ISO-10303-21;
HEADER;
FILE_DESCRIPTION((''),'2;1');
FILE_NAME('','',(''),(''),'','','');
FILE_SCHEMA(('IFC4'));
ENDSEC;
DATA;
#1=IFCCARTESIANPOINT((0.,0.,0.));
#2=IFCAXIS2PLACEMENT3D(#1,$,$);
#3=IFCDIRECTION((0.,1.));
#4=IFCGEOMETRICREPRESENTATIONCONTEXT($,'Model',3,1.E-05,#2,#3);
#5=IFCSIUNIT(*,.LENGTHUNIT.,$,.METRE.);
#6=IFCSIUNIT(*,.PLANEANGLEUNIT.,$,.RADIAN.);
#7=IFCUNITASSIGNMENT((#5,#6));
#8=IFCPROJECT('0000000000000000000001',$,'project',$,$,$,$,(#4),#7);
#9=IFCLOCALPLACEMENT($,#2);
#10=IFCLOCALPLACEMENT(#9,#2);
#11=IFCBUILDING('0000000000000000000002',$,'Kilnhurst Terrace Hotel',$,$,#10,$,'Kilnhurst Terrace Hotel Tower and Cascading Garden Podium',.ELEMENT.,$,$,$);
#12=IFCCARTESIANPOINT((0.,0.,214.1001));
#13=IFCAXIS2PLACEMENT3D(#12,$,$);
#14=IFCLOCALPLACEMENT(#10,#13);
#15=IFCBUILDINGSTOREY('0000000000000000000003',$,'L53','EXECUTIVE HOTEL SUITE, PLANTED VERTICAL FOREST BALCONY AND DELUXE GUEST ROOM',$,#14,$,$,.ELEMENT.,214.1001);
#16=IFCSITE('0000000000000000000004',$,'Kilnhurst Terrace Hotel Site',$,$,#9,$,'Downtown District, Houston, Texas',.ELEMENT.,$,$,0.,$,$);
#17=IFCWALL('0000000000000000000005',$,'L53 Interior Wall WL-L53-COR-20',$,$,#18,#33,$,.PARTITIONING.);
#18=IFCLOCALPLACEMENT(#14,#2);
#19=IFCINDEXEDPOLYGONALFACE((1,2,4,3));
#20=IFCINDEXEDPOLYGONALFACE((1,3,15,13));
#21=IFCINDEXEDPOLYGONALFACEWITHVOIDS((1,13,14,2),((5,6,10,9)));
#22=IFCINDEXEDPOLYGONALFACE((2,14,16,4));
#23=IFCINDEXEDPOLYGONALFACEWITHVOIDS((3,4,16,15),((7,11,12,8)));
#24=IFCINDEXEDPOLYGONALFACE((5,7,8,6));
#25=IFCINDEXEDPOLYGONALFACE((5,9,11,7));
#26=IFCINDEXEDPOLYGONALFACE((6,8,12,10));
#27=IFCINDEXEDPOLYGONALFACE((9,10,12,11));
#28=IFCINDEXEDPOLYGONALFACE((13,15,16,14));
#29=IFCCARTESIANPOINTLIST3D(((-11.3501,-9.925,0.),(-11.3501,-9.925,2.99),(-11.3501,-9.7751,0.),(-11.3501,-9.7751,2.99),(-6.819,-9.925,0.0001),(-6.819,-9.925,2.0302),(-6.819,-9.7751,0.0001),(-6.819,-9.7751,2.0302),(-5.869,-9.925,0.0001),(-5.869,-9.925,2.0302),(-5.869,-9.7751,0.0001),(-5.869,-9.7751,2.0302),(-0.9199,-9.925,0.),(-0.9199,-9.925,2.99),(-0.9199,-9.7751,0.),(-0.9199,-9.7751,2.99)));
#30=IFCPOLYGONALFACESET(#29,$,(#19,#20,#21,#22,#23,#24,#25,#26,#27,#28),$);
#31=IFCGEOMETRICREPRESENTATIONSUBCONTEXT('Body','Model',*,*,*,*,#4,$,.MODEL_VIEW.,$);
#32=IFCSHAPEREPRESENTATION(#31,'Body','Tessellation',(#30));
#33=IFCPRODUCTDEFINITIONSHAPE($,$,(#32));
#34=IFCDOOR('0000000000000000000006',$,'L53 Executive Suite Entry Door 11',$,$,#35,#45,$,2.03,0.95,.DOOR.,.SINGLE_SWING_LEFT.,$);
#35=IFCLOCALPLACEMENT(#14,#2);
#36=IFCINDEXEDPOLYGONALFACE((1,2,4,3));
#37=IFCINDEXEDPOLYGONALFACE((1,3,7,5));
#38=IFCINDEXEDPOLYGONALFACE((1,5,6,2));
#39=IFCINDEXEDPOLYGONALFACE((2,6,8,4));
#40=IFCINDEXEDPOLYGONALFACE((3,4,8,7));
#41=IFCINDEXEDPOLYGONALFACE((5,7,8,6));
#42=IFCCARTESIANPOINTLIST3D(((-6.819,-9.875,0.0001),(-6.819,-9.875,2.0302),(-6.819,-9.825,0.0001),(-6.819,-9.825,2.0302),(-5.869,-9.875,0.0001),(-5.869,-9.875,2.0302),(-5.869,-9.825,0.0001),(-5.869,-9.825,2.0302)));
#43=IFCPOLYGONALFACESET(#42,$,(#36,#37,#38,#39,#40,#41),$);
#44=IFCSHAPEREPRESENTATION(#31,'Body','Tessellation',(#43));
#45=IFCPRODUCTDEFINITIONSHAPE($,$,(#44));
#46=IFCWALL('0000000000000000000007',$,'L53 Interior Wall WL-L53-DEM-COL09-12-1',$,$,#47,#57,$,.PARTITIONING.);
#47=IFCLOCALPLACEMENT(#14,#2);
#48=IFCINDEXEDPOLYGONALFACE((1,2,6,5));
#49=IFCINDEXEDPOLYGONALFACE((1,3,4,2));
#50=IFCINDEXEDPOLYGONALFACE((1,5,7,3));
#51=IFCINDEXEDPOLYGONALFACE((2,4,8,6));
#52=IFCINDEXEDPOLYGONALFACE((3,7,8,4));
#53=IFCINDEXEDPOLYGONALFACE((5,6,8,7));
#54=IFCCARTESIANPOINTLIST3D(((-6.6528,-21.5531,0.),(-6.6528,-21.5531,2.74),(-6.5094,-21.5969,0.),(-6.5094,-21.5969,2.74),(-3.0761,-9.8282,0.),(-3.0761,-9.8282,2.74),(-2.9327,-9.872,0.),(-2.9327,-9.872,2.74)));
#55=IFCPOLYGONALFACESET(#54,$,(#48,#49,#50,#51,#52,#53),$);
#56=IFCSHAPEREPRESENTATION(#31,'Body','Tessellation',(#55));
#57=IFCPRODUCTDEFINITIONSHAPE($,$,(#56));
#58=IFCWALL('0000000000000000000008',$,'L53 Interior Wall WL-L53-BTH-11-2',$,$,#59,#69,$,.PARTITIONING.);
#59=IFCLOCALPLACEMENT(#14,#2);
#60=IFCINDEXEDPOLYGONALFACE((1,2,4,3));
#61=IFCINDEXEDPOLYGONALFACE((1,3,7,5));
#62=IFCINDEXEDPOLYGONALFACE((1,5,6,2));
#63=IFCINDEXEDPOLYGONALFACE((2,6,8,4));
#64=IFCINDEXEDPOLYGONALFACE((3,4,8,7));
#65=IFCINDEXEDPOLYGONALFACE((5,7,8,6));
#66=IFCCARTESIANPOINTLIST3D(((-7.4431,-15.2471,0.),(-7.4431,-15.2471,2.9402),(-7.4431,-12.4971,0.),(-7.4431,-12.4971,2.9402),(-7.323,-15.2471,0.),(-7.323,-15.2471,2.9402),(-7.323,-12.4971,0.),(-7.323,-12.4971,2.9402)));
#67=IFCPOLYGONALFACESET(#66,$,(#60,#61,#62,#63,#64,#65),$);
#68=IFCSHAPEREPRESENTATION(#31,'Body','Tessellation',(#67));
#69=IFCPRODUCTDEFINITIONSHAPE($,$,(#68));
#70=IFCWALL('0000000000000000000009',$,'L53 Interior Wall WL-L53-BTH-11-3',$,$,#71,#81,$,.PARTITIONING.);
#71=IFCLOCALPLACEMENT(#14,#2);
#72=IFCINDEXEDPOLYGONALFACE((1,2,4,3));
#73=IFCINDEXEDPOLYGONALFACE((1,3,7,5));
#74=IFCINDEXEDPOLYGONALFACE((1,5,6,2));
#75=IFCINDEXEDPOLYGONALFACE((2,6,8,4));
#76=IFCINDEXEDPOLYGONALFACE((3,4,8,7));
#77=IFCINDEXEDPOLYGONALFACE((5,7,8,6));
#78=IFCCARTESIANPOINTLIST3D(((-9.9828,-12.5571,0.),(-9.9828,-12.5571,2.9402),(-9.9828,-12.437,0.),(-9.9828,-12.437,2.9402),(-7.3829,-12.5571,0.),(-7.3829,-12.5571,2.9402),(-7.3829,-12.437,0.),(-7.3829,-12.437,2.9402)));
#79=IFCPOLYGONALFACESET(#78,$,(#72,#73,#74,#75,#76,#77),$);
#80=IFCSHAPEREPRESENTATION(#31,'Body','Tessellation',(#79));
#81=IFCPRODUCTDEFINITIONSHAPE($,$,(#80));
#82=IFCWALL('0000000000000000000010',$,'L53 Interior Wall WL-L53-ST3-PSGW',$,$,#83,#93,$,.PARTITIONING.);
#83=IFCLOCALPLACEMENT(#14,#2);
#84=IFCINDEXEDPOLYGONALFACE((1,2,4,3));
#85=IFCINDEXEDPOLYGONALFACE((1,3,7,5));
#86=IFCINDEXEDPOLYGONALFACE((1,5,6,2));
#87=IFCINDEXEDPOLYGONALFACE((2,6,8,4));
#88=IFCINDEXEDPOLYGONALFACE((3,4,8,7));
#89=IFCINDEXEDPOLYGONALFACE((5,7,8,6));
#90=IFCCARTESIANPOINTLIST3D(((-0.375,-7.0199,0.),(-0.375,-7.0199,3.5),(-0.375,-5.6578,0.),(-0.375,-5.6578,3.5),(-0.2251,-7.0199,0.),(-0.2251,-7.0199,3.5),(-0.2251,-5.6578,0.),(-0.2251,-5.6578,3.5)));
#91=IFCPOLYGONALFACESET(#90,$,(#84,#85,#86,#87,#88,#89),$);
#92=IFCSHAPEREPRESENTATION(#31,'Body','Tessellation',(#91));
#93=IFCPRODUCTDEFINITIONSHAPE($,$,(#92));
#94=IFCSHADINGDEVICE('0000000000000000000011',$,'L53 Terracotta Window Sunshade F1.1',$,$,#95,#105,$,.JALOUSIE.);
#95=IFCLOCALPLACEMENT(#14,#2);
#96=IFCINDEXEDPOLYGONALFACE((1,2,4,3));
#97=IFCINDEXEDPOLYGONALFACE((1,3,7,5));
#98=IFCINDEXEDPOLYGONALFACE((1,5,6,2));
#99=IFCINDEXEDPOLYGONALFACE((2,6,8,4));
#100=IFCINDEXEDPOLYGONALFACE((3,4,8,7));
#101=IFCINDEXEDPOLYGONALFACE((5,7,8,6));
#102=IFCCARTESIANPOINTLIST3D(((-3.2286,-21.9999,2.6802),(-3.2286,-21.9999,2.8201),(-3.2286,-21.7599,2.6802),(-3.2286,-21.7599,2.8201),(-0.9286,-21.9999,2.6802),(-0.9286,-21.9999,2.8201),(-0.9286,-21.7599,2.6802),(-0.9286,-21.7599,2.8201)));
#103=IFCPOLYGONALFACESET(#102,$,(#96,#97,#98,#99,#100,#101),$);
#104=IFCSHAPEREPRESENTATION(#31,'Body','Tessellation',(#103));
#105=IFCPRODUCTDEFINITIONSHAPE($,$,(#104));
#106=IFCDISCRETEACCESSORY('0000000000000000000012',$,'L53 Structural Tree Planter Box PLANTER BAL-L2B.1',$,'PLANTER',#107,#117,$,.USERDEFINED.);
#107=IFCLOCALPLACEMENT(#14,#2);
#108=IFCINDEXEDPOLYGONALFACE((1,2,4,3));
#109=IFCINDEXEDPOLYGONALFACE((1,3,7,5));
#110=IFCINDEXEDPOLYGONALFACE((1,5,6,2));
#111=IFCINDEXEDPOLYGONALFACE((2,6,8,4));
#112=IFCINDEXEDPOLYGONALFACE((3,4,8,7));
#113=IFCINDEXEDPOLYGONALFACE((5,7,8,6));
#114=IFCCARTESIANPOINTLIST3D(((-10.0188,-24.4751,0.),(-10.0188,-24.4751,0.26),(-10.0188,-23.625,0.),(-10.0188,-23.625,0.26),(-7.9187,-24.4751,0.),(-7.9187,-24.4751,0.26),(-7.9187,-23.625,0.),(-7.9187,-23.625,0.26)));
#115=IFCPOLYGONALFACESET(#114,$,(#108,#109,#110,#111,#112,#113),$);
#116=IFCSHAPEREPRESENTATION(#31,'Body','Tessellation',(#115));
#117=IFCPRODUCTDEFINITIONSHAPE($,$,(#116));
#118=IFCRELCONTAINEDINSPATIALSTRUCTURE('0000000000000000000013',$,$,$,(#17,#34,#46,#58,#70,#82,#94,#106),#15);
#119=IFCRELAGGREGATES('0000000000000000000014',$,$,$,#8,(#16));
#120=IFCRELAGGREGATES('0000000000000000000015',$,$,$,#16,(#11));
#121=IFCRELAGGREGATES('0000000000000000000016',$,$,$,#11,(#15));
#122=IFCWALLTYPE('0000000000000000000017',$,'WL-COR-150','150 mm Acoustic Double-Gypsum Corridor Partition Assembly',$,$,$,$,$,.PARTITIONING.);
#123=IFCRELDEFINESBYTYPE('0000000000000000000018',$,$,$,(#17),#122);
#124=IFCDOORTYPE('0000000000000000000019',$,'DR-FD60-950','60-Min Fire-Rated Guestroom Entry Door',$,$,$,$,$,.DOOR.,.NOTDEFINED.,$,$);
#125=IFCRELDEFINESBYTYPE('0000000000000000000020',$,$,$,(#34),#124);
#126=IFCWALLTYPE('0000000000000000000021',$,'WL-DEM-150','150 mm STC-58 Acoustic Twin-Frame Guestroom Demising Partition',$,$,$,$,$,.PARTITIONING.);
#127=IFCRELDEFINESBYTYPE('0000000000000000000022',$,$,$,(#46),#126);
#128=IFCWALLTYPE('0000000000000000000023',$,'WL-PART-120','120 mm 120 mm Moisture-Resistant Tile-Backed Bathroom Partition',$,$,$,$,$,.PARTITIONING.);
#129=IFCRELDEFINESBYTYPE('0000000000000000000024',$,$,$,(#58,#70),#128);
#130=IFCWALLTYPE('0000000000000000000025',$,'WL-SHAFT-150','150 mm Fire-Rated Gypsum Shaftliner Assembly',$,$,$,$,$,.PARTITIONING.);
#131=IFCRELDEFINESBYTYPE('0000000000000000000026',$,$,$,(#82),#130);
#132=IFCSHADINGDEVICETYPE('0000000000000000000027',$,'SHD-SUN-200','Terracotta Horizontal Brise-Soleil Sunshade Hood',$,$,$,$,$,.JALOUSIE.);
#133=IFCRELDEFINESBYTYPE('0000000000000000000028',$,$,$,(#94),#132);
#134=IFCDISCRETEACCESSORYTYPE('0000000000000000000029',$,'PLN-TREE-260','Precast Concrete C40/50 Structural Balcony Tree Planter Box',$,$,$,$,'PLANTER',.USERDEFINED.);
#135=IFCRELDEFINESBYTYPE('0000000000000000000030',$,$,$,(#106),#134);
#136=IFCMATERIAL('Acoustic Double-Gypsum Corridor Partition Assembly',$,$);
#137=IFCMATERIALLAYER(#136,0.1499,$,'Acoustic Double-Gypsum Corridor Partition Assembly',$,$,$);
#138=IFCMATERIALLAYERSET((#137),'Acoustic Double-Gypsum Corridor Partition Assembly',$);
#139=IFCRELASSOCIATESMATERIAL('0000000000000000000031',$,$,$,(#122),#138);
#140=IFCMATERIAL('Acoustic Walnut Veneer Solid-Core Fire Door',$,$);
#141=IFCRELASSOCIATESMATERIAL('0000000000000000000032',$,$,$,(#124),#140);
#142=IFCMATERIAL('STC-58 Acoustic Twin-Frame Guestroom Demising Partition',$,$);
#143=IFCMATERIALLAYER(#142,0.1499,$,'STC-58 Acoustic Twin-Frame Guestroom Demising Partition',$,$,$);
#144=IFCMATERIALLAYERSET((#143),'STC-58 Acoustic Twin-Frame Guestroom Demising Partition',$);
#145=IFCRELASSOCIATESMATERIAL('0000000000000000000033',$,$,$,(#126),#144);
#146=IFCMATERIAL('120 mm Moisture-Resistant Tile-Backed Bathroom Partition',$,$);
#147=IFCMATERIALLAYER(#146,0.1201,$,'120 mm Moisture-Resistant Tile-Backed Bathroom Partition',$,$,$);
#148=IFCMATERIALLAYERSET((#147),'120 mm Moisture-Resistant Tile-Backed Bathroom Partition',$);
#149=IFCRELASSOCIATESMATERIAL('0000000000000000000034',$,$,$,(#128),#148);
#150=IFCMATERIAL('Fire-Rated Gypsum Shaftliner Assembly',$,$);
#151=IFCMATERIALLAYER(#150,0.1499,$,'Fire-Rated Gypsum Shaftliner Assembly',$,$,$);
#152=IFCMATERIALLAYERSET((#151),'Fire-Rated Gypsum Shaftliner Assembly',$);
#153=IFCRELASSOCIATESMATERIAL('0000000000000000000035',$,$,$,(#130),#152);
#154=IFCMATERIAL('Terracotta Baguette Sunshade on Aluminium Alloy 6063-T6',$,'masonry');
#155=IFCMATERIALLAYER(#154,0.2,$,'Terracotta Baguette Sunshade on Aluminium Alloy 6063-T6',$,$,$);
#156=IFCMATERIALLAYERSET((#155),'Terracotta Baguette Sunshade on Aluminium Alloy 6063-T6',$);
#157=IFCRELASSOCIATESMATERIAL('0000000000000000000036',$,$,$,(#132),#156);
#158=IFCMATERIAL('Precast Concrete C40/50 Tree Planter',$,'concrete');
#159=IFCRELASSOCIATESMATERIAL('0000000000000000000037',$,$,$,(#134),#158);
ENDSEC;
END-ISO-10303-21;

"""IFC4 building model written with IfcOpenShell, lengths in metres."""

from ifc_helpers import new_model, si_unit, direction, frame, frame_2d, origin, origin_2d, place, context, subcontext, project, spatial, rectangle, extrude, material, layer, layer_set, type_object, element, fill, save


model = new_model("IFC4")

# Units and contexts
model_context = context("Model", 3, precision=1e-05, world=origin(), true_north=direction((0.0, 1.0)))
body_context = subcontext(model_context, "Body", "Model", "MODEL_VIEW")
ifc_project = project(units=[si_unit("LENGTHUNIT", "METRE"), si_unit("PLANEANGLEUNIT", "RADIAN")], contexts=[model_context])

# Site, building, storey
site_placement = place(None, origin())
site = spatial("IfcSite", under=ifc_project, at=site_placement, Name="Kilnhurst Terrace Hotel Site", LongName="Downtown District, Houston, Texas", CompositionType="ELEMENT", RefElevation=0.0)
building_placement = place(site_placement, origin())
building = spatial("IfcBuilding", under=site, at=building_placement, Name="Kilnhurst Terrace Hotel", LongName="Kilnhurst Terrace Hotel Tower and Cascading Garden Podium", CompositionType="ELEMENT")
storey_placement = place(building_placement, frame((0.0, 0.0, 214.1001)))
storey = spatial("IfcBuildingStorey", under=building, at=storey_placement, Name="L53", Description="EXECUTIVE HOTEL SUITE, PLANTED VERTICAL FOREST BALCONY AND DELUXE GUEST ROOM", CompositionType="ELEMENT", Elevation=214.1001)

# Shared definitions
ifc_material_1 = material(Name="Acoustic Double-Gypsum Corridor Partition Assembly")
ifc_layer_1 = layer(ifc_material_1, 0.1499, Name="Acoustic Double-Gypsum Corridor Partition Assembly")
ifc_layer_set_1 = layer_set([ifc_layer_1], Name="Acoustic Double-Gypsum Corridor Partition Assembly")
wall_type_1 = type_object("IfcWallType", Name="WL-COR-150", Description="150 mm Acoustic Double-Gypsum Corridor Partition Assembly", PredefinedType="PARTITIONING", material=ifc_layer_set_1)

# Wall, opening, door
wall_1_placement = place(storey_placement, frame((-0.9199, -9.8501, 0.0), z_axis=(0.0, 0.0, 1.0), x_axis=(-1.0, 0.0, 0.0)))
wall_1 = element("IfcWall", 1, at=wall_1_placement, inside=storey, type_object=wall_type_1, Name="L53 Interior Wall WL-L53-COR-20", PredefinedType="PARTITIONING", context=body_context, shape_type="SweptSolid", body=[
    extrude(rectangle(XDim=10.4302, YDim=0.1499, at=frame_2d((5.2151, 0.0))), origin(), (0.0, 0.0, 1.0), 2.99),
])
opening_1_placement = place(wall_1_placement, frame((4.949, 0.0, 0.0)))
opening_1 = element("IfcOpeningElement", 2, at=opening_1_placement, cuts=wall_1, PredefinedType="OPENING", context=body_context, shape_type="SweptSolid", body=[
    extrude(rectangle(XDim=0.95, YDim=2.03, at=frame_2d((0.4751, 1.0151))), frame((0.0, 0.085, 0.0), z_axis=(0.0, -1.0, 0.0), x_axis=(1.0, 0.0, 0.0)), (0.0, 0.0, 1.0), 0.1699),
])
ifc_material_2 = material(Name="Acoustic Walnut Veneer Solid-Core Fire Door")
door_type_1 = type_object("IfcDoorType", Name="DR-FD60-950", Description="60-Min Fire-Rated Guestroom Entry Door", OperationType="NOTDEFINED", PredefinedType="DOOR", material=ifc_material_2)
door_1_placement = place(opening_1_placement, origin())
door_1 = element("IfcDoor", 3, at=door_1_placement, inside=storey, type_object=door_type_1, Name="L53 Executive Suite Entry Door 11", OperationType="SINGLE_SWING_LEFT", OverallHeight=2.03, OverallWidth=0.95, PredefinedType="DOOR", context=body_context, shape_type="SweptSolid", body=[
    extrude(rectangle(XDim=0.95, YDim=2.03, at=frame_2d((0.4751, 1.0151))), frame((0.0, 0.0249, 0.0), z_axis=(0.0, -1.0, 0.0), x_axis=(1.0, 0.0, 0.0)), (0.0, 0.0, 1.0), 0.05),
])
fill(opening_1, door_1)

# Walls
ifc_material_3 = material(Name="STC-58 Acoustic Twin-Frame Guestroom Demising Partition")
ifc_layer_2 = layer(ifc_material_3, 0.1499, Name="STC-58 Acoustic Twin-Frame Guestroom Demising Partition")
ifc_layer_set_2 = layer_set([ifc_layer_2], Name="STC-58 Acoustic Twin-Frame Guestroom Demising Partition")
wall_type_2 = type_object("IfcWallType", Name="WL-DEM-150", Description="150 mm STC-58 Acoustic Twin-Frame Guestroom Demising Partition", PredefinedType="PARTITIONING", material=ifc_layer_set_2)
wall_2_placement = place(storey_placement, frame((-3.0044, -9.8501, 0.0), z_axis=(0.0, 0.0, 1.0), x_axis=(-0.291776, -0.956487, 0.0)))
element("IfcWall", 4, at=wall_2_placement, inside=storey, type_object=wall_type_2, Name="L53 Interior Wall WL-L53-DEM-COL09-12-1", PredefinedType="PARTITIONING", context=body_context, shape_type="SweptSolid", body=[
    extrude(rectangle(XDim=12.2583, YDim=0.1499, at=frame_2d((6.1292, 0.0))), origin(), (0.0, 0.0, 1.0), 2.74),
])
ifc_material_4 = material(Name="120 mm Moisture-Resistant Tile-Backed Bathroom Partition")
ifc_layer_3 = layer(ifc_material_4, 0.1201, Name="120 mm Moisture-Resistant Tile-Backed Bathroom Partition")
ifc_layer_set_3 = layer_set([ifc_layer_3], Name="120 mm Moisture-Resistant Tile-Backed Bathroom Partition")
wall_type_3 = type_object("IfcWallType", Name="WL-PART-120", Description="120 mm 120 mm Moisture-Resistant Tile-Backed Bathroom Partition", PredefinedType="PARTITIONING", material=ifc_layer_set_3)
wall_3_placement = place(storey_placement, frame((-7.3831, -15.2471, 0.0), z_axis=(0.0, 0.0, 1.0), x_axis=(0.0, 1.0, 0.0)))
element("IfcWall", 5, at=wall_3_placement, inside=storey, type_object=wall_type_3, Name="L53 Interior Wall WL-L53-BTH-11-2", PredefinedType="PARTITIONING", context=body_context, shape_type="SweptSolid", body=[
    extrude(rectangle(XDim=2.75, YDim=0.1201, at=frame_2d((1.375, 0.0))), origin(), (0.0, 0.0, 1.0), 2.9402),
])
wall_4_placement = place(storey_placement, frame((-7.3831, -12.4971, 0.0), z_axis=(0.0, 0.0, 1.0), x_axis=(-1.0, 0.0, 0.0)))
element("IfcWall", 6, at=wall_4_placement, inside=storey, type_object=wall_type_3, Name="L53 Interior Wall WL-L53-BTH-11-3", PredefinedType="PARTITIONING", context=body_context, shape_type="SweptSolid", body=[
    extrude(rectangle(XDim=2.5999, YDim=0.1201, at=frame_2d((1.2998, 0.0))), origin(), (0.0, 0.0, 1.0), 2.9402),
])
ifc_material_5 = material(Name="Fire-Rated Gypsum Shaftliner Assembly")
ifc_layer_4 = layer(ifc_material_5, 0.1499, Name="Fire-Rated Gypsum Shaftliner Assembly")
ifc_layer_set_4 = layer_set([ifc_layer_4], Name="Fire-Rated Gypsum Shaftliner Assembly")
wall_type_4 = type_object("IfcWallType", Name="WL-SHAFT-150", Description="150 mm Fire-Rated Gypsum Shaftliner Assembly", PredefinedType="PARTITIONING", material=ifc_layer_set_4)
wall_5_placement = place(storey_placement, frame((-0.3, -7.02, 0.0), z_axis=(0.0, 0.0, 1.0), x_axis=(0.0, 1.0, 0.0)))
element("IfcWall", 7, at=wall_5_placement, inside=storey, type_object=wall_type_4, Name="L53 Interior Wall WL-L53-ST3-PSGW", PredefinedType="PARTITIONING", context=body_context, shape_type="SweptSolid", body=[
    extrude(rectangle(XDim=1.3621, YDim=0.1499, at=frame_2d((0.6812, 0.0))), origin(), (0.0, 0.0, 1.0), 3.5),
])

# Shading device
ifc_material_6 = material(Name="Terracotta Baguette Sunshade on Aluminium Alloy 6063-T6", Category="masonry")
ifc_layer_5 = layer(ifc_material_6, 0.2, Name="Terracotta Baguette Sunshade on Aluminium Alloy 6063-T6")
ifc_layer_set_5 = layer_set([ifc_layer_5], Name="Terracotta Baguette Sunshade on Aluminium Alloy 6063-T6")
shading_device_type = type_object("IfcShadingDeviceType", Name="SHD-SUN-200", Description="Terracotta Horizontal Brise-Soleil Sunshade Hood", PredefinedType="JALOUSIE", material=ifc_layer_set_5)
shading_device_placement = place(storey_placement, frame((-2.0786, -21.8799, 2.6802), z_axis=(0.0, 0.0, 1.0), x_axis=(1.0, 0.0, 0.0)))
element("IfcShadingDevice", 8, at=shading_device_placement, inside=storey, type_object=shading_device_type, Name="L53 Terracotta Window Sunshade F1.1", PredefinedType="JALOUSIE", context=body_context, shape_type="SweptSolid", body=[
    extrude(rectangle(XDim=2.3, YDim=0.24, at=origin_2d()), origin(), (0.0, 0.0, 1.0), 0.1399),
])

# Discrete accessory
ifc_material_7 = material(Name="Precast Concrete C40/50 Tree Planter", Category="concrete")
discrete_accessory_type = type_object("IfcDiscreteAccessoryType", Name="PLN-TREE-260", Description="Precast Concrete C40/50 Structural Balcony Tree Planter Box", ElementType="PLANTER", PredefinedType="USERDEFINED", material=ifc_material_7)
discrete_accessory_placement = place(storey_placement, frame((-8.9688, -24.05, 0.0), z_axis=(0.0, 0.0, 1.0), x_axis=(1.0, 0.0, 0.0)))
element("IfcDiscreteAccessory", 9, at=discrete_accessory_placement, inside=storey, type_object=discrete_accessory_type, Name="L53 Structural Tree Planter Box PLANTER BAL-L2B.1", ObjectType="PLANTER", PredefinedType="USERDEFINED", context=body_context, shape_type="SweptSolid", body=[
    extrude(rectangle(XDim=2.1001, YDim=0.8501, at=origin_2d()), origin(), (0.0, 0.0, 1.0), 0.26),
])

save(model, "model.ifc")
